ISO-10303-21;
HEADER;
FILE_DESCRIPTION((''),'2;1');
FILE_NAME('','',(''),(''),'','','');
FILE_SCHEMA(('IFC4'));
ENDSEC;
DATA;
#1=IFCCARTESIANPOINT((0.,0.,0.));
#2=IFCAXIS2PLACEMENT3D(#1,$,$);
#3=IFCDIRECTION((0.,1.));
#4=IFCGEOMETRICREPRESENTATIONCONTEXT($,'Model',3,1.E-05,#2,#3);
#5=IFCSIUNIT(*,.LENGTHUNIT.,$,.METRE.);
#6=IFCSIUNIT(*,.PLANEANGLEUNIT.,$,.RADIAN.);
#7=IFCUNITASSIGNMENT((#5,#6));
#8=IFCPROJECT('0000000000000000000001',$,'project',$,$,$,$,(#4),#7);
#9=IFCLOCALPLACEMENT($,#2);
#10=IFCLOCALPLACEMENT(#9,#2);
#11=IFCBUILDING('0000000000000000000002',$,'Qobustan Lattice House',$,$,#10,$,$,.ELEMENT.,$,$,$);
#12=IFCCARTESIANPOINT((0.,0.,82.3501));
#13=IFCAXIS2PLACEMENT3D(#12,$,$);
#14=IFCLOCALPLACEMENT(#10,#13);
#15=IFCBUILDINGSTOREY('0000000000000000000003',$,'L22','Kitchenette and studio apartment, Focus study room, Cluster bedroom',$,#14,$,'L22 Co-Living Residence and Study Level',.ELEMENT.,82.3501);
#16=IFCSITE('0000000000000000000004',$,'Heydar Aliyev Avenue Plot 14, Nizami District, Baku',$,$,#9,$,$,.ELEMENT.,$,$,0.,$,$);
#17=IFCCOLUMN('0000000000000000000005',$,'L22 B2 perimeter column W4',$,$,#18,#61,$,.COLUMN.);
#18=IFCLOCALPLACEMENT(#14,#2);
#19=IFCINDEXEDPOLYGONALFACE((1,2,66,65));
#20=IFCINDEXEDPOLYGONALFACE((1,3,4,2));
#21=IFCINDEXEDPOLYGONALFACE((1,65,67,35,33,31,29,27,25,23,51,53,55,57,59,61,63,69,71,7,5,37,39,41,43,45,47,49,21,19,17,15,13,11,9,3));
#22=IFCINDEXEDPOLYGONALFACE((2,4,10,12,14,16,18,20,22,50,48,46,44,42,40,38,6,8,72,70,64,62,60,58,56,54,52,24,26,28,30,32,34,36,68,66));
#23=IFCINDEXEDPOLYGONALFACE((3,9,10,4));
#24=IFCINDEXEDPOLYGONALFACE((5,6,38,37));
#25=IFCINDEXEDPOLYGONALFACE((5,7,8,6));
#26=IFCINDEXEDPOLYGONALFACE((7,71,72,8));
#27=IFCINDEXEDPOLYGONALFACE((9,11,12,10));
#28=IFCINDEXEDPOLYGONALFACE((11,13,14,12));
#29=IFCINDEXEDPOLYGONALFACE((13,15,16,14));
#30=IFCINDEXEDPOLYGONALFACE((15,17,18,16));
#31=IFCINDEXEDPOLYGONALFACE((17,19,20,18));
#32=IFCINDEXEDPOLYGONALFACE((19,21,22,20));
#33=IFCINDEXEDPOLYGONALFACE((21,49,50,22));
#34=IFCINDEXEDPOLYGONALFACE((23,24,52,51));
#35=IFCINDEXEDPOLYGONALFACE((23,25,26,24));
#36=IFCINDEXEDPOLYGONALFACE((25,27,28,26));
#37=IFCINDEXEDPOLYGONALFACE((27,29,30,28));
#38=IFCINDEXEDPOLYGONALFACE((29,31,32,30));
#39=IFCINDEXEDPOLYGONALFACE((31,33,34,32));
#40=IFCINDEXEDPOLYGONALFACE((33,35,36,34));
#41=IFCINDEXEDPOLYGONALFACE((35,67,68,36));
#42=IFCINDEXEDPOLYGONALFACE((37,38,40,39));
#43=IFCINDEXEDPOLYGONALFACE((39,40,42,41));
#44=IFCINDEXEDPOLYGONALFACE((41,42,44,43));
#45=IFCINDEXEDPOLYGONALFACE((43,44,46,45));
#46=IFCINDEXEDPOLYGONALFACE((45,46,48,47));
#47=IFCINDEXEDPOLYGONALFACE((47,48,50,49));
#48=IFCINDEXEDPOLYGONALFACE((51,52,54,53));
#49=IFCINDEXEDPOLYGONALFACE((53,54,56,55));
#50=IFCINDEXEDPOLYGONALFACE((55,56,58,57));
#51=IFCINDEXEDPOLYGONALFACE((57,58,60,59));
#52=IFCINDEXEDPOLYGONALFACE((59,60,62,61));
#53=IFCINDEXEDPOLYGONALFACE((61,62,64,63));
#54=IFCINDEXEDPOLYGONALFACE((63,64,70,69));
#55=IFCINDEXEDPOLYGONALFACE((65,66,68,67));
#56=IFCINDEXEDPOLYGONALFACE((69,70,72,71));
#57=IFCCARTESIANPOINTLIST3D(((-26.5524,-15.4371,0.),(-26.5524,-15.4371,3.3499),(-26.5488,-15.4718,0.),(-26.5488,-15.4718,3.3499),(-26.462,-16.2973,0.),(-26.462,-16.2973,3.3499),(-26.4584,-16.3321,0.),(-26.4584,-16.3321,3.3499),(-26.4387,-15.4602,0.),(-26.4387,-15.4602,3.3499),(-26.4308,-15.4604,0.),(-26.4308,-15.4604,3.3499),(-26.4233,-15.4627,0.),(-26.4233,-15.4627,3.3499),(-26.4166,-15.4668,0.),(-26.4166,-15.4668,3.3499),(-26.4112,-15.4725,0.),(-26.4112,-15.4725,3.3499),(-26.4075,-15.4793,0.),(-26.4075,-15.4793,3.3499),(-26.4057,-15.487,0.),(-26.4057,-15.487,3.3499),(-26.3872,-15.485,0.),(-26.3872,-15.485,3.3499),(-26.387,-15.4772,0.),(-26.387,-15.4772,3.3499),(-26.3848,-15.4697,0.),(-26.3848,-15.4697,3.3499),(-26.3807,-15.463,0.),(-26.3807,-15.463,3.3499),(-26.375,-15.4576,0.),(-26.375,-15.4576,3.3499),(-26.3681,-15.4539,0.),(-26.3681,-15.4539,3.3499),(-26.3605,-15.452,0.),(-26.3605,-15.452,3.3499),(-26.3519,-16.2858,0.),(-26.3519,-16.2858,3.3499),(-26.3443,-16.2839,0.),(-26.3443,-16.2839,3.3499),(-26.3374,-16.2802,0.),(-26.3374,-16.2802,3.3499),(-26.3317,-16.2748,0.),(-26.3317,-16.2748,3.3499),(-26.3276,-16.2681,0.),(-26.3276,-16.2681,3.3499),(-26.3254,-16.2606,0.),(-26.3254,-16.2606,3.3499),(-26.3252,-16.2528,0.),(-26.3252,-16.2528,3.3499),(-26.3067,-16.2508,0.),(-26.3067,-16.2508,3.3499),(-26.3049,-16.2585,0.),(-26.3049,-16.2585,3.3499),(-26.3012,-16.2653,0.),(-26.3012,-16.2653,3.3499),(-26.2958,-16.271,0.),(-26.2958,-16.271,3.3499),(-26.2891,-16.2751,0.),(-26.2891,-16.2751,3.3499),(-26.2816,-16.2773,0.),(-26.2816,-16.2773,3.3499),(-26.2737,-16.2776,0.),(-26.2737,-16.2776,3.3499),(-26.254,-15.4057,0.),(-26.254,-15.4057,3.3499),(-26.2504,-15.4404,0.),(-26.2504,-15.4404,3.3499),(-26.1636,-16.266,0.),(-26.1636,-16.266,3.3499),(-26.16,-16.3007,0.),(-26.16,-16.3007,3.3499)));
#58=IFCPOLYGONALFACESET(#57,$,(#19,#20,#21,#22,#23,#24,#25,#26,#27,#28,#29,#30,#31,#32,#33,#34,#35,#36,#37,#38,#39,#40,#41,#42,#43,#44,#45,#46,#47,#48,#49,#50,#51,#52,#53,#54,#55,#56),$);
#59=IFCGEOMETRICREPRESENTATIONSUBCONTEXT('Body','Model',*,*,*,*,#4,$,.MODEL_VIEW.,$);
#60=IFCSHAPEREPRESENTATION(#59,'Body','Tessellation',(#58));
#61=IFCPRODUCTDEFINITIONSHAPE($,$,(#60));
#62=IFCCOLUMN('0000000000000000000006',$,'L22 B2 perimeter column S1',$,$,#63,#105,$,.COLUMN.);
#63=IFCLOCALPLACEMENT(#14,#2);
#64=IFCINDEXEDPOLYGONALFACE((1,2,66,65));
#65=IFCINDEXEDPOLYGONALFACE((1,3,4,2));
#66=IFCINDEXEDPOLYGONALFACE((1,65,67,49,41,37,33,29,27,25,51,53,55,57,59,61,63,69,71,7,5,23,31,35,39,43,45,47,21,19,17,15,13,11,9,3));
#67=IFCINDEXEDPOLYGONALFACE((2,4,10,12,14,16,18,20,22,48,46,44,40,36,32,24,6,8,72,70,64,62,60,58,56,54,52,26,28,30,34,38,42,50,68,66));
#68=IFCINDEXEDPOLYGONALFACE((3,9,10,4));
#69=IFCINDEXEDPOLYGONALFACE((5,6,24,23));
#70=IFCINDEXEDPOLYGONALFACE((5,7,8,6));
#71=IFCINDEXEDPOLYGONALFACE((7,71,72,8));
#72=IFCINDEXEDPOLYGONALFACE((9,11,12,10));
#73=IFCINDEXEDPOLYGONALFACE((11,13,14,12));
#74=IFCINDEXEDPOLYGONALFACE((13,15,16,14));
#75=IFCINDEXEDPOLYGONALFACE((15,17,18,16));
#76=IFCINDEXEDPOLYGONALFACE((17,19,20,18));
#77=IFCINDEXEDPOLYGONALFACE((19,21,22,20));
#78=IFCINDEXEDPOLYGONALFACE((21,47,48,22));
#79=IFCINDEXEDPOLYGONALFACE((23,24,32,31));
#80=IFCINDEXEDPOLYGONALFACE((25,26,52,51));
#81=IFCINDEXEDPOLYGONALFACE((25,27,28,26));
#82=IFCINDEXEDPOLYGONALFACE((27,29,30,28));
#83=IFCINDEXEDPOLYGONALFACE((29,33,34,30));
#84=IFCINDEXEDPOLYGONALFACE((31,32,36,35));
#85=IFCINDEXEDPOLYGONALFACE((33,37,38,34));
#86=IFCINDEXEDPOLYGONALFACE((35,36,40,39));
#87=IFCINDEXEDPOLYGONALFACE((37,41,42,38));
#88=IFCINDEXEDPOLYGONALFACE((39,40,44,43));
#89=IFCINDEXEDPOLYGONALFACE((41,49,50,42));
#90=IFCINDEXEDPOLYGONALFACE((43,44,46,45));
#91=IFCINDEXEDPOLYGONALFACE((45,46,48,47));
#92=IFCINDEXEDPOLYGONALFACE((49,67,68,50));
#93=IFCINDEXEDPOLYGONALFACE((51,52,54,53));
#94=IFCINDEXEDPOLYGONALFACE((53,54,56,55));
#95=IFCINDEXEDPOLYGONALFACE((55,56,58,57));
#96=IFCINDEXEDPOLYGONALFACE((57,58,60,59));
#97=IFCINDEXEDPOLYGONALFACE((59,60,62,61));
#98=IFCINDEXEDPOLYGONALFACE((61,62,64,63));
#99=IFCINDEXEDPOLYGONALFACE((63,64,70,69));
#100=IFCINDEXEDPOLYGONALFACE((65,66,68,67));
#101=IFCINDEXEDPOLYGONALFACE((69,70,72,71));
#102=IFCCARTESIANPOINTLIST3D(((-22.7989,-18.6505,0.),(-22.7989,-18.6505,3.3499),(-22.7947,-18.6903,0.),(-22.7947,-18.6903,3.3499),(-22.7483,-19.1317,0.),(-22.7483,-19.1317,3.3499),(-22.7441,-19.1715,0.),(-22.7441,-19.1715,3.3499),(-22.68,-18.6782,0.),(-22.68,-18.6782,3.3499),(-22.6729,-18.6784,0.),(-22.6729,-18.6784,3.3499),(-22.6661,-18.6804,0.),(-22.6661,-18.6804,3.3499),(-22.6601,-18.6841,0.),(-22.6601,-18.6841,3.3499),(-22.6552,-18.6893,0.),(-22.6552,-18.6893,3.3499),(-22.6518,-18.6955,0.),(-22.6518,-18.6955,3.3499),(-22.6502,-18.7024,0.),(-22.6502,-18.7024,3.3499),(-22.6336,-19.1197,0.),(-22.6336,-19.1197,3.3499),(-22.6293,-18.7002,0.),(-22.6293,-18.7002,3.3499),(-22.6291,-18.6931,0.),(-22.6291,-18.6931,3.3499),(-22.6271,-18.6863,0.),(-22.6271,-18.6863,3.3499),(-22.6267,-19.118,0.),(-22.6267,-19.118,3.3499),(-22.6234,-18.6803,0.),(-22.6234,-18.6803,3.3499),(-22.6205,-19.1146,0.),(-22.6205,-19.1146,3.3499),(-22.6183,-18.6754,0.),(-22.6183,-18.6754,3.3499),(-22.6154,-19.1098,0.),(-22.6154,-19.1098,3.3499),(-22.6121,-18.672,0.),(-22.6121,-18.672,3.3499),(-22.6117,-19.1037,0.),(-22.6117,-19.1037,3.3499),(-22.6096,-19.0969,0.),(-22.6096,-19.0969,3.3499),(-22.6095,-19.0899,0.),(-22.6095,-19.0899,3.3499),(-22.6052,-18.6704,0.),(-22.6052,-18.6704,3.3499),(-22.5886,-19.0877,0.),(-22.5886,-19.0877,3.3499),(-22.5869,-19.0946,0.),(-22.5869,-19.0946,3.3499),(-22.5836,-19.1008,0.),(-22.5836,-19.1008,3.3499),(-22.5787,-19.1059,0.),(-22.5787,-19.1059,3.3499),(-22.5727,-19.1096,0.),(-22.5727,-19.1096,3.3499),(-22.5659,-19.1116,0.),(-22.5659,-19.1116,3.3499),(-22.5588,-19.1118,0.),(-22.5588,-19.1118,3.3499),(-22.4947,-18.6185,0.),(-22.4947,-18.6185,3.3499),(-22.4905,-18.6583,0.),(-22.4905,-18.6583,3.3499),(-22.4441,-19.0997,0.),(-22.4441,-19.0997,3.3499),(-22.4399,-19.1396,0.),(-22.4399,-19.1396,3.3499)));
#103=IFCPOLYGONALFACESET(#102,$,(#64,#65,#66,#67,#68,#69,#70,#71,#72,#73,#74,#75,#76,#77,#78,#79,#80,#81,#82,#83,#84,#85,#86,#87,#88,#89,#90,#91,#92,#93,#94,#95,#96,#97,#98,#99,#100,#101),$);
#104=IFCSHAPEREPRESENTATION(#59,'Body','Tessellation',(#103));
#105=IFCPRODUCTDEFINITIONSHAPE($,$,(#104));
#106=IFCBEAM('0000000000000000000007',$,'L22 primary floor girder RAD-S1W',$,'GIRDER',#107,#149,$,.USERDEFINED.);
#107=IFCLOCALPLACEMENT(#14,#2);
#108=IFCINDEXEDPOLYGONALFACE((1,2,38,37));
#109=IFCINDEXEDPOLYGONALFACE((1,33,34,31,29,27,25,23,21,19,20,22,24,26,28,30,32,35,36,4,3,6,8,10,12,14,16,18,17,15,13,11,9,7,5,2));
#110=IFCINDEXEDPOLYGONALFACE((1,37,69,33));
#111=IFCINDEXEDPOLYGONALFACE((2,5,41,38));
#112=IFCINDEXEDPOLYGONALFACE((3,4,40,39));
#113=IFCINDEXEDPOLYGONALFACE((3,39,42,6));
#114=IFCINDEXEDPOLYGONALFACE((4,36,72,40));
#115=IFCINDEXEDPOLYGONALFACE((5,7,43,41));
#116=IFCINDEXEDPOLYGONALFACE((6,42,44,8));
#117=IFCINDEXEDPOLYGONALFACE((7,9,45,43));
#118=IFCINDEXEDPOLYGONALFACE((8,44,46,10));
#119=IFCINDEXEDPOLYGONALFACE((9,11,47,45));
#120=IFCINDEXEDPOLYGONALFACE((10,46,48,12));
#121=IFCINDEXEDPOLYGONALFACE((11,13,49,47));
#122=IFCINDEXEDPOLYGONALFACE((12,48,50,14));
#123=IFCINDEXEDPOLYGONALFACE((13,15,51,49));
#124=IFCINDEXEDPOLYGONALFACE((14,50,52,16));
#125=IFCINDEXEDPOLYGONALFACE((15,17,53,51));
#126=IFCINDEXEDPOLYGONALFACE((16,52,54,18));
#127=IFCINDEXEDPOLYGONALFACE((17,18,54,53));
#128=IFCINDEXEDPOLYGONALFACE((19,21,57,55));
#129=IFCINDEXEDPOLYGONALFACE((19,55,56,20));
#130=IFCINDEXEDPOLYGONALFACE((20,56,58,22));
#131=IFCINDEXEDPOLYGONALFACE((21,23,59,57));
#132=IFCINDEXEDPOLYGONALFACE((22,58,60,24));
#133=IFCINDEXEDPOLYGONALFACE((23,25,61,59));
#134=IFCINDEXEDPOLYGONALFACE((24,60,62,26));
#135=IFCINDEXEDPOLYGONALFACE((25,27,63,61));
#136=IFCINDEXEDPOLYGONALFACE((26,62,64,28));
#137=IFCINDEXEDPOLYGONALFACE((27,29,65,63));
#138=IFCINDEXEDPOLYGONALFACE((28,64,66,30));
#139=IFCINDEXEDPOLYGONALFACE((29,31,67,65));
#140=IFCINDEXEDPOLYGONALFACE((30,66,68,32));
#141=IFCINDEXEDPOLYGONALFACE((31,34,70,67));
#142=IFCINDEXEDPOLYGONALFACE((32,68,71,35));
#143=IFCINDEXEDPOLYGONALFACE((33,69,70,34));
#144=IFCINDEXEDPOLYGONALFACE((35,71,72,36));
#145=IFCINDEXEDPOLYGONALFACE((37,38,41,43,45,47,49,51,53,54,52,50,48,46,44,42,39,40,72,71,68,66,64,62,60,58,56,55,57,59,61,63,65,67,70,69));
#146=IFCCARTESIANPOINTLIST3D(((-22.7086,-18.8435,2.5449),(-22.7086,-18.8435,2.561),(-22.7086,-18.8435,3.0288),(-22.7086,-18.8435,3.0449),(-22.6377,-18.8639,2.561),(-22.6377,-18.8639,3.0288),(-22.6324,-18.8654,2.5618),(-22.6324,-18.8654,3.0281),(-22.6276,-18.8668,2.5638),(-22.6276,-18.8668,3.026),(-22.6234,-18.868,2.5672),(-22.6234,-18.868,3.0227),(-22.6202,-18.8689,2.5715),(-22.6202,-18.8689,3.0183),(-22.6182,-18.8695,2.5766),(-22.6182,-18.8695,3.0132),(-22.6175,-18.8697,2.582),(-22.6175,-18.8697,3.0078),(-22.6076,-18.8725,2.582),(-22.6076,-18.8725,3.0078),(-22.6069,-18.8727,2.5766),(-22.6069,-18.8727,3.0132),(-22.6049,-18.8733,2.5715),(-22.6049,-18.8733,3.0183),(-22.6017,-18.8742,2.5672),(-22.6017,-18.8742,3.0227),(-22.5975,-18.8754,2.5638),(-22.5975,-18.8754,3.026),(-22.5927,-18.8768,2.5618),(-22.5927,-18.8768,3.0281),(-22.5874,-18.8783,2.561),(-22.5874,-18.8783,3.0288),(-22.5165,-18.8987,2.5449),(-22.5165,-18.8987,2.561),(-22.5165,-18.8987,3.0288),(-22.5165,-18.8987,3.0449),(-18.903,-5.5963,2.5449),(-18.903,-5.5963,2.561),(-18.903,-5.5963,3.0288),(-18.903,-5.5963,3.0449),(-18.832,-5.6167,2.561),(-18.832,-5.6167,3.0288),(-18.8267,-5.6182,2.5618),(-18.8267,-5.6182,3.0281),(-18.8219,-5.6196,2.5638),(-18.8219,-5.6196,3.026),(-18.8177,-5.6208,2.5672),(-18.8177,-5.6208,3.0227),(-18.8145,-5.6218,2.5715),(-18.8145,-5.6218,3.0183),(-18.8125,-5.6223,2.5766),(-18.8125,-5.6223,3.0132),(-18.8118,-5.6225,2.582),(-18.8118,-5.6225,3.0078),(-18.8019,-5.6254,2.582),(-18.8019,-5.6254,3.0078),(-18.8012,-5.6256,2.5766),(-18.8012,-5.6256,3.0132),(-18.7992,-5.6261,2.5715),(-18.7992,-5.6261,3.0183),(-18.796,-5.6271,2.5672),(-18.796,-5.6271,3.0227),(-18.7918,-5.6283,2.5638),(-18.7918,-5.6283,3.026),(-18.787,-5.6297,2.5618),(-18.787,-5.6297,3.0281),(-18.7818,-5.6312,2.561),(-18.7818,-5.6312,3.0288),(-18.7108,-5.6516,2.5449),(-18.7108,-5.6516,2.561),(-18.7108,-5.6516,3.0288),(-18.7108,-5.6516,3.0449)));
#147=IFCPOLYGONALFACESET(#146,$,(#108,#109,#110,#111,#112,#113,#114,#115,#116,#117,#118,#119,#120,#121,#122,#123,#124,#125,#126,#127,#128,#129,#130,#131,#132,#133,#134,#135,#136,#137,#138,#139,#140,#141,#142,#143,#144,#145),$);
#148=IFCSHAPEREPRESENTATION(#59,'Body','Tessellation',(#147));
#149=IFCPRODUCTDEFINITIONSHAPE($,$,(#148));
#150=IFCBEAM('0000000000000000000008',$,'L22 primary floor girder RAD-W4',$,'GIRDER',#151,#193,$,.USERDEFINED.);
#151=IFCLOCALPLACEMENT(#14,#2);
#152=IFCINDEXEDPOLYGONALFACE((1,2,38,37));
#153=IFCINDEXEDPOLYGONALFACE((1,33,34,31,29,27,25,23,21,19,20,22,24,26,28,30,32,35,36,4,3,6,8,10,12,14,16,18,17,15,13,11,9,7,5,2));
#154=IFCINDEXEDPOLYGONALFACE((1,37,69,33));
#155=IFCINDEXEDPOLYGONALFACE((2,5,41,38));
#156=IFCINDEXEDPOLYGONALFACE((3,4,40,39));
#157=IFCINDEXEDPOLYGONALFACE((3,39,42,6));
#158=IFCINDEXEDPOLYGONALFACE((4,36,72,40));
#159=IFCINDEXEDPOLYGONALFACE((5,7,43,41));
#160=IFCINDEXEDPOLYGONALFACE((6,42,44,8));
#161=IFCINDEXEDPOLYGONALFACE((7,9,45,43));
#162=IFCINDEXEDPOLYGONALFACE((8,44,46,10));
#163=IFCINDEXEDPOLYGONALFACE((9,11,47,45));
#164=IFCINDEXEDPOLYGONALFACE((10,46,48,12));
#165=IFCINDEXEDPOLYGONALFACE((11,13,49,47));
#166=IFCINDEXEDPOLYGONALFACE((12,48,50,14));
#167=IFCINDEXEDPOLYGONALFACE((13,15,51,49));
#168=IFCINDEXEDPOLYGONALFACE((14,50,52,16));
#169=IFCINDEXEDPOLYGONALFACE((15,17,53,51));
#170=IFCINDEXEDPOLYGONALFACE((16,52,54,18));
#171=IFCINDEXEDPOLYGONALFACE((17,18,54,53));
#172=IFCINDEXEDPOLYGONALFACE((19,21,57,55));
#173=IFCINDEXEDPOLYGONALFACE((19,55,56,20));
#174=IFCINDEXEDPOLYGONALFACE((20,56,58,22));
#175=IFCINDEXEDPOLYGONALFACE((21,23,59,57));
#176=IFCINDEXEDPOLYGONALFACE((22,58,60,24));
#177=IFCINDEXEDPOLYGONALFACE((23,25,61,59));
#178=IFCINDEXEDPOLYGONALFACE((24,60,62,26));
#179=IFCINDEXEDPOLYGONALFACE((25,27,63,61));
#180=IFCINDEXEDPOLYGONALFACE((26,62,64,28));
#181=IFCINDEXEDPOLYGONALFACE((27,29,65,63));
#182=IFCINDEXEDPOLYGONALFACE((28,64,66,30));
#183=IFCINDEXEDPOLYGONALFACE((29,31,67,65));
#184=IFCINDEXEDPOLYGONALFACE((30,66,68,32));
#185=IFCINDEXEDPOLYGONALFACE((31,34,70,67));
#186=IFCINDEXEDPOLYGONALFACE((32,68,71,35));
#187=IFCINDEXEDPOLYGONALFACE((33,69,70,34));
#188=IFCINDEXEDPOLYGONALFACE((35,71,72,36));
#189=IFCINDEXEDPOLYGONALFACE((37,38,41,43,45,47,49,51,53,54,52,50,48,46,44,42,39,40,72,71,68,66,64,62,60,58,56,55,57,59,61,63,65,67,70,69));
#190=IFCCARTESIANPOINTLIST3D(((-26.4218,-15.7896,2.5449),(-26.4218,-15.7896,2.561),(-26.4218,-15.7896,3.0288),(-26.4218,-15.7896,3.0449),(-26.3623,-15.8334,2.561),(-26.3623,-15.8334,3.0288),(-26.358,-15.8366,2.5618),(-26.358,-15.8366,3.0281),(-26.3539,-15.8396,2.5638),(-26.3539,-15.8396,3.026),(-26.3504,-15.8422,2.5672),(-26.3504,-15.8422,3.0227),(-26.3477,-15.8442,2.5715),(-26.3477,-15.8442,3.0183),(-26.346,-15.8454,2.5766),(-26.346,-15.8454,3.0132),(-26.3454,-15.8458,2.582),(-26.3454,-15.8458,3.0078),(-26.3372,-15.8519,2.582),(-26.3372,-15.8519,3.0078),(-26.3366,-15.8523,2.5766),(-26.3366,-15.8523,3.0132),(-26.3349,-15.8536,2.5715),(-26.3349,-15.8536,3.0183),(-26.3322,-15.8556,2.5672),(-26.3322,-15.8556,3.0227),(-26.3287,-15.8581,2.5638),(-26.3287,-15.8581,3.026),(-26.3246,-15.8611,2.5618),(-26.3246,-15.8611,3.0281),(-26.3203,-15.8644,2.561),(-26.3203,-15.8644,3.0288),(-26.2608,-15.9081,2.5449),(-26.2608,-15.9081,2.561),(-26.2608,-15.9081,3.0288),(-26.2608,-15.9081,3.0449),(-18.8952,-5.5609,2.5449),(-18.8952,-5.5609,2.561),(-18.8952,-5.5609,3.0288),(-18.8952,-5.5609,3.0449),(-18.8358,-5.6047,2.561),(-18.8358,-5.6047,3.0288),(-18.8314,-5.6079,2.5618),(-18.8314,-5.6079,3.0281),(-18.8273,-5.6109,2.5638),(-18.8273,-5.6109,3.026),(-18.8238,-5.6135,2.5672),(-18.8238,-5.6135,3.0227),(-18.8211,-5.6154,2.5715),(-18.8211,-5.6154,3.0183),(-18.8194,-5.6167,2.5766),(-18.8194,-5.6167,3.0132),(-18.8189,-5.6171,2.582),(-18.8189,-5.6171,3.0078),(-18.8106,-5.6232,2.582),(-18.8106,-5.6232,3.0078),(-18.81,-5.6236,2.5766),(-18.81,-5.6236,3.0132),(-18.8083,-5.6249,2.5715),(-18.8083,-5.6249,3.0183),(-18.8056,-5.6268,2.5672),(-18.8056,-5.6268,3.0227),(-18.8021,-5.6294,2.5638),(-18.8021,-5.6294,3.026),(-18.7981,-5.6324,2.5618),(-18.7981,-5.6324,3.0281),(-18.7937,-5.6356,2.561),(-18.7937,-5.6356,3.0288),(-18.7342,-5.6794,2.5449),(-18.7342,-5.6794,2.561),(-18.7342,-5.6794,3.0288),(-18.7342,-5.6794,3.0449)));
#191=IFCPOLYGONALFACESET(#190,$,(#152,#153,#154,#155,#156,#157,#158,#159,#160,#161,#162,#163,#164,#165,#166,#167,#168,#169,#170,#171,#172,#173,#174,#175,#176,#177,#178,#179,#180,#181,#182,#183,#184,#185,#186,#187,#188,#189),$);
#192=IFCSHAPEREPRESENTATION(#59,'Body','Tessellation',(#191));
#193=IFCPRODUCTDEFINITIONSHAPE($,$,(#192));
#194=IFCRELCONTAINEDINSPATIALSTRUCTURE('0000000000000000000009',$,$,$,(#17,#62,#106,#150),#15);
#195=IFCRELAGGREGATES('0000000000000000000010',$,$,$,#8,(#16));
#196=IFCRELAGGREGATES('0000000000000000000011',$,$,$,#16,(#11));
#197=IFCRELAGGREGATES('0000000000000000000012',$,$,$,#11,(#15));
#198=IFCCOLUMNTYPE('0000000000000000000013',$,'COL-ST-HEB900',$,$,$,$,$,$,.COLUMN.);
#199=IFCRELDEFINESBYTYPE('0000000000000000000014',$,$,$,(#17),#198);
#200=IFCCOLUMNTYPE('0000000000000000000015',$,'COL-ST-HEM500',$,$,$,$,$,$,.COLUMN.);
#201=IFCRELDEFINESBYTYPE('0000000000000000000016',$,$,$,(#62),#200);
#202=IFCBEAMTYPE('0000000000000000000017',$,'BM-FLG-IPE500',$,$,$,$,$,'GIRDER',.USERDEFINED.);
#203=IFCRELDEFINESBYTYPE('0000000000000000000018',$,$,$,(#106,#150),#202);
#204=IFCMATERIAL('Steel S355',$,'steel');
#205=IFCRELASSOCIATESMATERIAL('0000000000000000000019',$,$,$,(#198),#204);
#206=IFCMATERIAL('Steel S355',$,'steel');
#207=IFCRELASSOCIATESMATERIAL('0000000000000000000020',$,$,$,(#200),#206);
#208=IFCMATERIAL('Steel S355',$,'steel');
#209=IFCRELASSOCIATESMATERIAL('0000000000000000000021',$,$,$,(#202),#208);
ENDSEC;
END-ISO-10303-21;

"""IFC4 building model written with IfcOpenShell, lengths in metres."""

from ifc_helpers import new_model, si_unit, direction, frame, origin, origin_2d, place, context, subcontext, project, spatial, i_section, extrude, material, material_profile, profile_set, type_object, element, save


model = new_model("IFC4")

# Units and contexts
model_context = context("Model", 3, precision=1e-05, world=origin(), true_north=direction((0.0, 1.0)))
body_context = subcontext(model_context, "Body", "Model", "MODEL_VIEW")
ifc_project = project(units=[si_unit("LENGTHUNIT", "METRE"), si_unit("PLANEANGLEUNIT", "RADIAN")], contexts=[model_context])

# Site, building, storey
site_placement = place(None, origin())
site = spatial("IfcSite", under=ifc_project, at=site_placement, Name="Heydar Aliyev Avenue Plot 14, Nizami District, Baku", CompositionType="ELEMENT", RefElevation=0.0)
building_placement = place(site_placement, origin())
building = spatial("IfcBuilding", under=site, at=building_placement, Name="Qobustan Lattice House", CompositionType="ELEMENT")
storey_placement = place(building_placement, frame((0.0, 0.0, 82.3501)))
storey = spatial("IfcBuildingStorey", under=building, at=storey_placement, Name="L22", Description="Kitchenette and studio apartment, Focus study room, Cluster bedroom", LongName="L22 Co-Living Residence and Study Level", CompositionType="ELEMENT", Elevation=82.3501)

# Columns
ifc_material_1 = material(Name="Steel S355", Category="steel")
ifc_material_profile_1 = material_profile(ifc_material_1, i_section(OverallWidth=0.3, OverallDepth=0.8999, WebThickness=0.0186, FlangeThickness=0.0349, FilletRadius=0.03, at=origin_2d()), Name="HEB900")
ifc_profile_set_1 = profile_set([ifc_material_profile_1], Name="Steel S355")
column_type_1 = type_object("IfcColumnType", Name="COL-ST-HEB900", PredefinedType="COLUMN", material=ifc_profile_set_1)
column_1_placement = place(storey_placement, frame((-26.3562, -15.8689, 0.0), z_axis=(0.0, 0.0, 1.0), x_axis=(0.994522, 0.104528, 0.0)))
element("IfcColumn", 1, at=column_1_placement, inside=storey, type_object=column_type_1, Name="L22 B2 perimeter column W4", PredefinedType="COLUMN", context=body_context, shape_type="SweptSolid", body=[
    extrude(i_section(OverallWidth=0.3, OverallDepth=0.8999, WebThickness=0.0186, FlangeThickness=0.0349, FilletRadius=0.03, at=origin_2d()), origin(), (0.0, 0.0, 1.0), 3.3499),
])
ifc_material_2 = material(Name="Steel S355", Category="steel")
ifc_material_profile_2 = material_profile(ifc_material_2, i_section(OverallWidth=0.3059, OverallDepth=0.5239, WebThickness=0.021, FlangeThickness=0.04, FilletRadius=0.0271, at=origin_2d()), Name="HEM500")
ifc_profile_set_2 = profile_set([ifc_material_profile_2], Name="Steel S355")
column_type_2 = type_object("IfcColumnType", Name="COL-ST-HEM500", PredefinedType="COLUMN", material=ifc_profile_set_2)
column_2_placement = place(storey_placement, frame((-22.6194, -18.895, 0.0), z_axis=(0.0, 0.0, 1.0), x_axis=(0.994522, 0.104528, 0.0)))
element("IfcColumn", 2, at=column_2_placement, inside=storey, type_object=column_type_2, Name="L22 B2 perimeter column S1", PredefinedType="COLUMN", context=body_context, shape_type="SweptSolid", body=[
    extrude(i_section(OverallWidth=0.3059, OverallDepth=0.5239, WebThickness=0.021, FlangeThickness=0.04, FilletRadius=0.0271, at=origin_2d()), origin(), (0.0, 0.0, 1.0), 3.3499),
])

# Beams
ifc_material_3 = material(Name="Steel S355", Category="steel")
ifc_material_profile_3 = material_profile(ifc_material_3, i_section(OverallWidth=0.2, OverallDepth=0.5, WebThickness=0.0103, FlangeThickness=0.0161, FilletRadius=0.021, at=origin_2d()), Name="IPE500")
ifc_profile_set_3 = profile_set([ifc_material_profile_3], Name="Steel S355")
beam_type_1 = type_object("IfcBeamType", Name="BM-FLG-IPE500", ElementType="GIRDER", PredefinedType="USERDEFINED", material=ifc_profile_set_3)
beam_1_placement = place(storey_placement, frame((-22.6125, -18.8711, 2.7949), z_axis=(0.276115, 0.961125, 0.0), x_axis=(-0.961125, 0.276115, 0.0)))
element("IfcBeam", 3, at=beam_1_placement, inside=storey, type_object=beam_type_1, Name="L22 primary floor girder RAD-S1W", ObjectType="GIRDER", PredefinedType="USERDEFINED", context=body_context, shape_type="SweptSolid", body=[
    extrude(i_section(OverallWidth=0.2, OverallDepth=0.5, WebThickness=0.0103, FlangeThickness=0.0161, FilletRadius=0.021, at=origin_2d()), origin(), (0.0, 0.0, 1.0), 13.783),
])
beam_2_placement = place(storey_placement, frame((-26.3413, -15.8489, 2.7949), z_axis=(0.59267, 0.805446, 0.0), x_axis=(-0.805446, 0.59267, 0.0)))
element("IfcBeam", 4, at=beam_2_placement, inside=storey, type_object=beam_type_1, Name="L22 primary floor girder RAD-W4", ObjectType="GIRDER", PredefinedType="USERDEFINED", context=body_context, shape_type="SweptSolid", body=[
    extrude(i_section(OverallWidth=0.2, OverallDepth=0.5, WebThickness=0.0103, FlangeThickness=0.0161, FilletRadius=0.021, at=origin_2d()), origin(), (0.0, 0.0, 1.0), 12.6995),
])

save(model, "model.ifc")
